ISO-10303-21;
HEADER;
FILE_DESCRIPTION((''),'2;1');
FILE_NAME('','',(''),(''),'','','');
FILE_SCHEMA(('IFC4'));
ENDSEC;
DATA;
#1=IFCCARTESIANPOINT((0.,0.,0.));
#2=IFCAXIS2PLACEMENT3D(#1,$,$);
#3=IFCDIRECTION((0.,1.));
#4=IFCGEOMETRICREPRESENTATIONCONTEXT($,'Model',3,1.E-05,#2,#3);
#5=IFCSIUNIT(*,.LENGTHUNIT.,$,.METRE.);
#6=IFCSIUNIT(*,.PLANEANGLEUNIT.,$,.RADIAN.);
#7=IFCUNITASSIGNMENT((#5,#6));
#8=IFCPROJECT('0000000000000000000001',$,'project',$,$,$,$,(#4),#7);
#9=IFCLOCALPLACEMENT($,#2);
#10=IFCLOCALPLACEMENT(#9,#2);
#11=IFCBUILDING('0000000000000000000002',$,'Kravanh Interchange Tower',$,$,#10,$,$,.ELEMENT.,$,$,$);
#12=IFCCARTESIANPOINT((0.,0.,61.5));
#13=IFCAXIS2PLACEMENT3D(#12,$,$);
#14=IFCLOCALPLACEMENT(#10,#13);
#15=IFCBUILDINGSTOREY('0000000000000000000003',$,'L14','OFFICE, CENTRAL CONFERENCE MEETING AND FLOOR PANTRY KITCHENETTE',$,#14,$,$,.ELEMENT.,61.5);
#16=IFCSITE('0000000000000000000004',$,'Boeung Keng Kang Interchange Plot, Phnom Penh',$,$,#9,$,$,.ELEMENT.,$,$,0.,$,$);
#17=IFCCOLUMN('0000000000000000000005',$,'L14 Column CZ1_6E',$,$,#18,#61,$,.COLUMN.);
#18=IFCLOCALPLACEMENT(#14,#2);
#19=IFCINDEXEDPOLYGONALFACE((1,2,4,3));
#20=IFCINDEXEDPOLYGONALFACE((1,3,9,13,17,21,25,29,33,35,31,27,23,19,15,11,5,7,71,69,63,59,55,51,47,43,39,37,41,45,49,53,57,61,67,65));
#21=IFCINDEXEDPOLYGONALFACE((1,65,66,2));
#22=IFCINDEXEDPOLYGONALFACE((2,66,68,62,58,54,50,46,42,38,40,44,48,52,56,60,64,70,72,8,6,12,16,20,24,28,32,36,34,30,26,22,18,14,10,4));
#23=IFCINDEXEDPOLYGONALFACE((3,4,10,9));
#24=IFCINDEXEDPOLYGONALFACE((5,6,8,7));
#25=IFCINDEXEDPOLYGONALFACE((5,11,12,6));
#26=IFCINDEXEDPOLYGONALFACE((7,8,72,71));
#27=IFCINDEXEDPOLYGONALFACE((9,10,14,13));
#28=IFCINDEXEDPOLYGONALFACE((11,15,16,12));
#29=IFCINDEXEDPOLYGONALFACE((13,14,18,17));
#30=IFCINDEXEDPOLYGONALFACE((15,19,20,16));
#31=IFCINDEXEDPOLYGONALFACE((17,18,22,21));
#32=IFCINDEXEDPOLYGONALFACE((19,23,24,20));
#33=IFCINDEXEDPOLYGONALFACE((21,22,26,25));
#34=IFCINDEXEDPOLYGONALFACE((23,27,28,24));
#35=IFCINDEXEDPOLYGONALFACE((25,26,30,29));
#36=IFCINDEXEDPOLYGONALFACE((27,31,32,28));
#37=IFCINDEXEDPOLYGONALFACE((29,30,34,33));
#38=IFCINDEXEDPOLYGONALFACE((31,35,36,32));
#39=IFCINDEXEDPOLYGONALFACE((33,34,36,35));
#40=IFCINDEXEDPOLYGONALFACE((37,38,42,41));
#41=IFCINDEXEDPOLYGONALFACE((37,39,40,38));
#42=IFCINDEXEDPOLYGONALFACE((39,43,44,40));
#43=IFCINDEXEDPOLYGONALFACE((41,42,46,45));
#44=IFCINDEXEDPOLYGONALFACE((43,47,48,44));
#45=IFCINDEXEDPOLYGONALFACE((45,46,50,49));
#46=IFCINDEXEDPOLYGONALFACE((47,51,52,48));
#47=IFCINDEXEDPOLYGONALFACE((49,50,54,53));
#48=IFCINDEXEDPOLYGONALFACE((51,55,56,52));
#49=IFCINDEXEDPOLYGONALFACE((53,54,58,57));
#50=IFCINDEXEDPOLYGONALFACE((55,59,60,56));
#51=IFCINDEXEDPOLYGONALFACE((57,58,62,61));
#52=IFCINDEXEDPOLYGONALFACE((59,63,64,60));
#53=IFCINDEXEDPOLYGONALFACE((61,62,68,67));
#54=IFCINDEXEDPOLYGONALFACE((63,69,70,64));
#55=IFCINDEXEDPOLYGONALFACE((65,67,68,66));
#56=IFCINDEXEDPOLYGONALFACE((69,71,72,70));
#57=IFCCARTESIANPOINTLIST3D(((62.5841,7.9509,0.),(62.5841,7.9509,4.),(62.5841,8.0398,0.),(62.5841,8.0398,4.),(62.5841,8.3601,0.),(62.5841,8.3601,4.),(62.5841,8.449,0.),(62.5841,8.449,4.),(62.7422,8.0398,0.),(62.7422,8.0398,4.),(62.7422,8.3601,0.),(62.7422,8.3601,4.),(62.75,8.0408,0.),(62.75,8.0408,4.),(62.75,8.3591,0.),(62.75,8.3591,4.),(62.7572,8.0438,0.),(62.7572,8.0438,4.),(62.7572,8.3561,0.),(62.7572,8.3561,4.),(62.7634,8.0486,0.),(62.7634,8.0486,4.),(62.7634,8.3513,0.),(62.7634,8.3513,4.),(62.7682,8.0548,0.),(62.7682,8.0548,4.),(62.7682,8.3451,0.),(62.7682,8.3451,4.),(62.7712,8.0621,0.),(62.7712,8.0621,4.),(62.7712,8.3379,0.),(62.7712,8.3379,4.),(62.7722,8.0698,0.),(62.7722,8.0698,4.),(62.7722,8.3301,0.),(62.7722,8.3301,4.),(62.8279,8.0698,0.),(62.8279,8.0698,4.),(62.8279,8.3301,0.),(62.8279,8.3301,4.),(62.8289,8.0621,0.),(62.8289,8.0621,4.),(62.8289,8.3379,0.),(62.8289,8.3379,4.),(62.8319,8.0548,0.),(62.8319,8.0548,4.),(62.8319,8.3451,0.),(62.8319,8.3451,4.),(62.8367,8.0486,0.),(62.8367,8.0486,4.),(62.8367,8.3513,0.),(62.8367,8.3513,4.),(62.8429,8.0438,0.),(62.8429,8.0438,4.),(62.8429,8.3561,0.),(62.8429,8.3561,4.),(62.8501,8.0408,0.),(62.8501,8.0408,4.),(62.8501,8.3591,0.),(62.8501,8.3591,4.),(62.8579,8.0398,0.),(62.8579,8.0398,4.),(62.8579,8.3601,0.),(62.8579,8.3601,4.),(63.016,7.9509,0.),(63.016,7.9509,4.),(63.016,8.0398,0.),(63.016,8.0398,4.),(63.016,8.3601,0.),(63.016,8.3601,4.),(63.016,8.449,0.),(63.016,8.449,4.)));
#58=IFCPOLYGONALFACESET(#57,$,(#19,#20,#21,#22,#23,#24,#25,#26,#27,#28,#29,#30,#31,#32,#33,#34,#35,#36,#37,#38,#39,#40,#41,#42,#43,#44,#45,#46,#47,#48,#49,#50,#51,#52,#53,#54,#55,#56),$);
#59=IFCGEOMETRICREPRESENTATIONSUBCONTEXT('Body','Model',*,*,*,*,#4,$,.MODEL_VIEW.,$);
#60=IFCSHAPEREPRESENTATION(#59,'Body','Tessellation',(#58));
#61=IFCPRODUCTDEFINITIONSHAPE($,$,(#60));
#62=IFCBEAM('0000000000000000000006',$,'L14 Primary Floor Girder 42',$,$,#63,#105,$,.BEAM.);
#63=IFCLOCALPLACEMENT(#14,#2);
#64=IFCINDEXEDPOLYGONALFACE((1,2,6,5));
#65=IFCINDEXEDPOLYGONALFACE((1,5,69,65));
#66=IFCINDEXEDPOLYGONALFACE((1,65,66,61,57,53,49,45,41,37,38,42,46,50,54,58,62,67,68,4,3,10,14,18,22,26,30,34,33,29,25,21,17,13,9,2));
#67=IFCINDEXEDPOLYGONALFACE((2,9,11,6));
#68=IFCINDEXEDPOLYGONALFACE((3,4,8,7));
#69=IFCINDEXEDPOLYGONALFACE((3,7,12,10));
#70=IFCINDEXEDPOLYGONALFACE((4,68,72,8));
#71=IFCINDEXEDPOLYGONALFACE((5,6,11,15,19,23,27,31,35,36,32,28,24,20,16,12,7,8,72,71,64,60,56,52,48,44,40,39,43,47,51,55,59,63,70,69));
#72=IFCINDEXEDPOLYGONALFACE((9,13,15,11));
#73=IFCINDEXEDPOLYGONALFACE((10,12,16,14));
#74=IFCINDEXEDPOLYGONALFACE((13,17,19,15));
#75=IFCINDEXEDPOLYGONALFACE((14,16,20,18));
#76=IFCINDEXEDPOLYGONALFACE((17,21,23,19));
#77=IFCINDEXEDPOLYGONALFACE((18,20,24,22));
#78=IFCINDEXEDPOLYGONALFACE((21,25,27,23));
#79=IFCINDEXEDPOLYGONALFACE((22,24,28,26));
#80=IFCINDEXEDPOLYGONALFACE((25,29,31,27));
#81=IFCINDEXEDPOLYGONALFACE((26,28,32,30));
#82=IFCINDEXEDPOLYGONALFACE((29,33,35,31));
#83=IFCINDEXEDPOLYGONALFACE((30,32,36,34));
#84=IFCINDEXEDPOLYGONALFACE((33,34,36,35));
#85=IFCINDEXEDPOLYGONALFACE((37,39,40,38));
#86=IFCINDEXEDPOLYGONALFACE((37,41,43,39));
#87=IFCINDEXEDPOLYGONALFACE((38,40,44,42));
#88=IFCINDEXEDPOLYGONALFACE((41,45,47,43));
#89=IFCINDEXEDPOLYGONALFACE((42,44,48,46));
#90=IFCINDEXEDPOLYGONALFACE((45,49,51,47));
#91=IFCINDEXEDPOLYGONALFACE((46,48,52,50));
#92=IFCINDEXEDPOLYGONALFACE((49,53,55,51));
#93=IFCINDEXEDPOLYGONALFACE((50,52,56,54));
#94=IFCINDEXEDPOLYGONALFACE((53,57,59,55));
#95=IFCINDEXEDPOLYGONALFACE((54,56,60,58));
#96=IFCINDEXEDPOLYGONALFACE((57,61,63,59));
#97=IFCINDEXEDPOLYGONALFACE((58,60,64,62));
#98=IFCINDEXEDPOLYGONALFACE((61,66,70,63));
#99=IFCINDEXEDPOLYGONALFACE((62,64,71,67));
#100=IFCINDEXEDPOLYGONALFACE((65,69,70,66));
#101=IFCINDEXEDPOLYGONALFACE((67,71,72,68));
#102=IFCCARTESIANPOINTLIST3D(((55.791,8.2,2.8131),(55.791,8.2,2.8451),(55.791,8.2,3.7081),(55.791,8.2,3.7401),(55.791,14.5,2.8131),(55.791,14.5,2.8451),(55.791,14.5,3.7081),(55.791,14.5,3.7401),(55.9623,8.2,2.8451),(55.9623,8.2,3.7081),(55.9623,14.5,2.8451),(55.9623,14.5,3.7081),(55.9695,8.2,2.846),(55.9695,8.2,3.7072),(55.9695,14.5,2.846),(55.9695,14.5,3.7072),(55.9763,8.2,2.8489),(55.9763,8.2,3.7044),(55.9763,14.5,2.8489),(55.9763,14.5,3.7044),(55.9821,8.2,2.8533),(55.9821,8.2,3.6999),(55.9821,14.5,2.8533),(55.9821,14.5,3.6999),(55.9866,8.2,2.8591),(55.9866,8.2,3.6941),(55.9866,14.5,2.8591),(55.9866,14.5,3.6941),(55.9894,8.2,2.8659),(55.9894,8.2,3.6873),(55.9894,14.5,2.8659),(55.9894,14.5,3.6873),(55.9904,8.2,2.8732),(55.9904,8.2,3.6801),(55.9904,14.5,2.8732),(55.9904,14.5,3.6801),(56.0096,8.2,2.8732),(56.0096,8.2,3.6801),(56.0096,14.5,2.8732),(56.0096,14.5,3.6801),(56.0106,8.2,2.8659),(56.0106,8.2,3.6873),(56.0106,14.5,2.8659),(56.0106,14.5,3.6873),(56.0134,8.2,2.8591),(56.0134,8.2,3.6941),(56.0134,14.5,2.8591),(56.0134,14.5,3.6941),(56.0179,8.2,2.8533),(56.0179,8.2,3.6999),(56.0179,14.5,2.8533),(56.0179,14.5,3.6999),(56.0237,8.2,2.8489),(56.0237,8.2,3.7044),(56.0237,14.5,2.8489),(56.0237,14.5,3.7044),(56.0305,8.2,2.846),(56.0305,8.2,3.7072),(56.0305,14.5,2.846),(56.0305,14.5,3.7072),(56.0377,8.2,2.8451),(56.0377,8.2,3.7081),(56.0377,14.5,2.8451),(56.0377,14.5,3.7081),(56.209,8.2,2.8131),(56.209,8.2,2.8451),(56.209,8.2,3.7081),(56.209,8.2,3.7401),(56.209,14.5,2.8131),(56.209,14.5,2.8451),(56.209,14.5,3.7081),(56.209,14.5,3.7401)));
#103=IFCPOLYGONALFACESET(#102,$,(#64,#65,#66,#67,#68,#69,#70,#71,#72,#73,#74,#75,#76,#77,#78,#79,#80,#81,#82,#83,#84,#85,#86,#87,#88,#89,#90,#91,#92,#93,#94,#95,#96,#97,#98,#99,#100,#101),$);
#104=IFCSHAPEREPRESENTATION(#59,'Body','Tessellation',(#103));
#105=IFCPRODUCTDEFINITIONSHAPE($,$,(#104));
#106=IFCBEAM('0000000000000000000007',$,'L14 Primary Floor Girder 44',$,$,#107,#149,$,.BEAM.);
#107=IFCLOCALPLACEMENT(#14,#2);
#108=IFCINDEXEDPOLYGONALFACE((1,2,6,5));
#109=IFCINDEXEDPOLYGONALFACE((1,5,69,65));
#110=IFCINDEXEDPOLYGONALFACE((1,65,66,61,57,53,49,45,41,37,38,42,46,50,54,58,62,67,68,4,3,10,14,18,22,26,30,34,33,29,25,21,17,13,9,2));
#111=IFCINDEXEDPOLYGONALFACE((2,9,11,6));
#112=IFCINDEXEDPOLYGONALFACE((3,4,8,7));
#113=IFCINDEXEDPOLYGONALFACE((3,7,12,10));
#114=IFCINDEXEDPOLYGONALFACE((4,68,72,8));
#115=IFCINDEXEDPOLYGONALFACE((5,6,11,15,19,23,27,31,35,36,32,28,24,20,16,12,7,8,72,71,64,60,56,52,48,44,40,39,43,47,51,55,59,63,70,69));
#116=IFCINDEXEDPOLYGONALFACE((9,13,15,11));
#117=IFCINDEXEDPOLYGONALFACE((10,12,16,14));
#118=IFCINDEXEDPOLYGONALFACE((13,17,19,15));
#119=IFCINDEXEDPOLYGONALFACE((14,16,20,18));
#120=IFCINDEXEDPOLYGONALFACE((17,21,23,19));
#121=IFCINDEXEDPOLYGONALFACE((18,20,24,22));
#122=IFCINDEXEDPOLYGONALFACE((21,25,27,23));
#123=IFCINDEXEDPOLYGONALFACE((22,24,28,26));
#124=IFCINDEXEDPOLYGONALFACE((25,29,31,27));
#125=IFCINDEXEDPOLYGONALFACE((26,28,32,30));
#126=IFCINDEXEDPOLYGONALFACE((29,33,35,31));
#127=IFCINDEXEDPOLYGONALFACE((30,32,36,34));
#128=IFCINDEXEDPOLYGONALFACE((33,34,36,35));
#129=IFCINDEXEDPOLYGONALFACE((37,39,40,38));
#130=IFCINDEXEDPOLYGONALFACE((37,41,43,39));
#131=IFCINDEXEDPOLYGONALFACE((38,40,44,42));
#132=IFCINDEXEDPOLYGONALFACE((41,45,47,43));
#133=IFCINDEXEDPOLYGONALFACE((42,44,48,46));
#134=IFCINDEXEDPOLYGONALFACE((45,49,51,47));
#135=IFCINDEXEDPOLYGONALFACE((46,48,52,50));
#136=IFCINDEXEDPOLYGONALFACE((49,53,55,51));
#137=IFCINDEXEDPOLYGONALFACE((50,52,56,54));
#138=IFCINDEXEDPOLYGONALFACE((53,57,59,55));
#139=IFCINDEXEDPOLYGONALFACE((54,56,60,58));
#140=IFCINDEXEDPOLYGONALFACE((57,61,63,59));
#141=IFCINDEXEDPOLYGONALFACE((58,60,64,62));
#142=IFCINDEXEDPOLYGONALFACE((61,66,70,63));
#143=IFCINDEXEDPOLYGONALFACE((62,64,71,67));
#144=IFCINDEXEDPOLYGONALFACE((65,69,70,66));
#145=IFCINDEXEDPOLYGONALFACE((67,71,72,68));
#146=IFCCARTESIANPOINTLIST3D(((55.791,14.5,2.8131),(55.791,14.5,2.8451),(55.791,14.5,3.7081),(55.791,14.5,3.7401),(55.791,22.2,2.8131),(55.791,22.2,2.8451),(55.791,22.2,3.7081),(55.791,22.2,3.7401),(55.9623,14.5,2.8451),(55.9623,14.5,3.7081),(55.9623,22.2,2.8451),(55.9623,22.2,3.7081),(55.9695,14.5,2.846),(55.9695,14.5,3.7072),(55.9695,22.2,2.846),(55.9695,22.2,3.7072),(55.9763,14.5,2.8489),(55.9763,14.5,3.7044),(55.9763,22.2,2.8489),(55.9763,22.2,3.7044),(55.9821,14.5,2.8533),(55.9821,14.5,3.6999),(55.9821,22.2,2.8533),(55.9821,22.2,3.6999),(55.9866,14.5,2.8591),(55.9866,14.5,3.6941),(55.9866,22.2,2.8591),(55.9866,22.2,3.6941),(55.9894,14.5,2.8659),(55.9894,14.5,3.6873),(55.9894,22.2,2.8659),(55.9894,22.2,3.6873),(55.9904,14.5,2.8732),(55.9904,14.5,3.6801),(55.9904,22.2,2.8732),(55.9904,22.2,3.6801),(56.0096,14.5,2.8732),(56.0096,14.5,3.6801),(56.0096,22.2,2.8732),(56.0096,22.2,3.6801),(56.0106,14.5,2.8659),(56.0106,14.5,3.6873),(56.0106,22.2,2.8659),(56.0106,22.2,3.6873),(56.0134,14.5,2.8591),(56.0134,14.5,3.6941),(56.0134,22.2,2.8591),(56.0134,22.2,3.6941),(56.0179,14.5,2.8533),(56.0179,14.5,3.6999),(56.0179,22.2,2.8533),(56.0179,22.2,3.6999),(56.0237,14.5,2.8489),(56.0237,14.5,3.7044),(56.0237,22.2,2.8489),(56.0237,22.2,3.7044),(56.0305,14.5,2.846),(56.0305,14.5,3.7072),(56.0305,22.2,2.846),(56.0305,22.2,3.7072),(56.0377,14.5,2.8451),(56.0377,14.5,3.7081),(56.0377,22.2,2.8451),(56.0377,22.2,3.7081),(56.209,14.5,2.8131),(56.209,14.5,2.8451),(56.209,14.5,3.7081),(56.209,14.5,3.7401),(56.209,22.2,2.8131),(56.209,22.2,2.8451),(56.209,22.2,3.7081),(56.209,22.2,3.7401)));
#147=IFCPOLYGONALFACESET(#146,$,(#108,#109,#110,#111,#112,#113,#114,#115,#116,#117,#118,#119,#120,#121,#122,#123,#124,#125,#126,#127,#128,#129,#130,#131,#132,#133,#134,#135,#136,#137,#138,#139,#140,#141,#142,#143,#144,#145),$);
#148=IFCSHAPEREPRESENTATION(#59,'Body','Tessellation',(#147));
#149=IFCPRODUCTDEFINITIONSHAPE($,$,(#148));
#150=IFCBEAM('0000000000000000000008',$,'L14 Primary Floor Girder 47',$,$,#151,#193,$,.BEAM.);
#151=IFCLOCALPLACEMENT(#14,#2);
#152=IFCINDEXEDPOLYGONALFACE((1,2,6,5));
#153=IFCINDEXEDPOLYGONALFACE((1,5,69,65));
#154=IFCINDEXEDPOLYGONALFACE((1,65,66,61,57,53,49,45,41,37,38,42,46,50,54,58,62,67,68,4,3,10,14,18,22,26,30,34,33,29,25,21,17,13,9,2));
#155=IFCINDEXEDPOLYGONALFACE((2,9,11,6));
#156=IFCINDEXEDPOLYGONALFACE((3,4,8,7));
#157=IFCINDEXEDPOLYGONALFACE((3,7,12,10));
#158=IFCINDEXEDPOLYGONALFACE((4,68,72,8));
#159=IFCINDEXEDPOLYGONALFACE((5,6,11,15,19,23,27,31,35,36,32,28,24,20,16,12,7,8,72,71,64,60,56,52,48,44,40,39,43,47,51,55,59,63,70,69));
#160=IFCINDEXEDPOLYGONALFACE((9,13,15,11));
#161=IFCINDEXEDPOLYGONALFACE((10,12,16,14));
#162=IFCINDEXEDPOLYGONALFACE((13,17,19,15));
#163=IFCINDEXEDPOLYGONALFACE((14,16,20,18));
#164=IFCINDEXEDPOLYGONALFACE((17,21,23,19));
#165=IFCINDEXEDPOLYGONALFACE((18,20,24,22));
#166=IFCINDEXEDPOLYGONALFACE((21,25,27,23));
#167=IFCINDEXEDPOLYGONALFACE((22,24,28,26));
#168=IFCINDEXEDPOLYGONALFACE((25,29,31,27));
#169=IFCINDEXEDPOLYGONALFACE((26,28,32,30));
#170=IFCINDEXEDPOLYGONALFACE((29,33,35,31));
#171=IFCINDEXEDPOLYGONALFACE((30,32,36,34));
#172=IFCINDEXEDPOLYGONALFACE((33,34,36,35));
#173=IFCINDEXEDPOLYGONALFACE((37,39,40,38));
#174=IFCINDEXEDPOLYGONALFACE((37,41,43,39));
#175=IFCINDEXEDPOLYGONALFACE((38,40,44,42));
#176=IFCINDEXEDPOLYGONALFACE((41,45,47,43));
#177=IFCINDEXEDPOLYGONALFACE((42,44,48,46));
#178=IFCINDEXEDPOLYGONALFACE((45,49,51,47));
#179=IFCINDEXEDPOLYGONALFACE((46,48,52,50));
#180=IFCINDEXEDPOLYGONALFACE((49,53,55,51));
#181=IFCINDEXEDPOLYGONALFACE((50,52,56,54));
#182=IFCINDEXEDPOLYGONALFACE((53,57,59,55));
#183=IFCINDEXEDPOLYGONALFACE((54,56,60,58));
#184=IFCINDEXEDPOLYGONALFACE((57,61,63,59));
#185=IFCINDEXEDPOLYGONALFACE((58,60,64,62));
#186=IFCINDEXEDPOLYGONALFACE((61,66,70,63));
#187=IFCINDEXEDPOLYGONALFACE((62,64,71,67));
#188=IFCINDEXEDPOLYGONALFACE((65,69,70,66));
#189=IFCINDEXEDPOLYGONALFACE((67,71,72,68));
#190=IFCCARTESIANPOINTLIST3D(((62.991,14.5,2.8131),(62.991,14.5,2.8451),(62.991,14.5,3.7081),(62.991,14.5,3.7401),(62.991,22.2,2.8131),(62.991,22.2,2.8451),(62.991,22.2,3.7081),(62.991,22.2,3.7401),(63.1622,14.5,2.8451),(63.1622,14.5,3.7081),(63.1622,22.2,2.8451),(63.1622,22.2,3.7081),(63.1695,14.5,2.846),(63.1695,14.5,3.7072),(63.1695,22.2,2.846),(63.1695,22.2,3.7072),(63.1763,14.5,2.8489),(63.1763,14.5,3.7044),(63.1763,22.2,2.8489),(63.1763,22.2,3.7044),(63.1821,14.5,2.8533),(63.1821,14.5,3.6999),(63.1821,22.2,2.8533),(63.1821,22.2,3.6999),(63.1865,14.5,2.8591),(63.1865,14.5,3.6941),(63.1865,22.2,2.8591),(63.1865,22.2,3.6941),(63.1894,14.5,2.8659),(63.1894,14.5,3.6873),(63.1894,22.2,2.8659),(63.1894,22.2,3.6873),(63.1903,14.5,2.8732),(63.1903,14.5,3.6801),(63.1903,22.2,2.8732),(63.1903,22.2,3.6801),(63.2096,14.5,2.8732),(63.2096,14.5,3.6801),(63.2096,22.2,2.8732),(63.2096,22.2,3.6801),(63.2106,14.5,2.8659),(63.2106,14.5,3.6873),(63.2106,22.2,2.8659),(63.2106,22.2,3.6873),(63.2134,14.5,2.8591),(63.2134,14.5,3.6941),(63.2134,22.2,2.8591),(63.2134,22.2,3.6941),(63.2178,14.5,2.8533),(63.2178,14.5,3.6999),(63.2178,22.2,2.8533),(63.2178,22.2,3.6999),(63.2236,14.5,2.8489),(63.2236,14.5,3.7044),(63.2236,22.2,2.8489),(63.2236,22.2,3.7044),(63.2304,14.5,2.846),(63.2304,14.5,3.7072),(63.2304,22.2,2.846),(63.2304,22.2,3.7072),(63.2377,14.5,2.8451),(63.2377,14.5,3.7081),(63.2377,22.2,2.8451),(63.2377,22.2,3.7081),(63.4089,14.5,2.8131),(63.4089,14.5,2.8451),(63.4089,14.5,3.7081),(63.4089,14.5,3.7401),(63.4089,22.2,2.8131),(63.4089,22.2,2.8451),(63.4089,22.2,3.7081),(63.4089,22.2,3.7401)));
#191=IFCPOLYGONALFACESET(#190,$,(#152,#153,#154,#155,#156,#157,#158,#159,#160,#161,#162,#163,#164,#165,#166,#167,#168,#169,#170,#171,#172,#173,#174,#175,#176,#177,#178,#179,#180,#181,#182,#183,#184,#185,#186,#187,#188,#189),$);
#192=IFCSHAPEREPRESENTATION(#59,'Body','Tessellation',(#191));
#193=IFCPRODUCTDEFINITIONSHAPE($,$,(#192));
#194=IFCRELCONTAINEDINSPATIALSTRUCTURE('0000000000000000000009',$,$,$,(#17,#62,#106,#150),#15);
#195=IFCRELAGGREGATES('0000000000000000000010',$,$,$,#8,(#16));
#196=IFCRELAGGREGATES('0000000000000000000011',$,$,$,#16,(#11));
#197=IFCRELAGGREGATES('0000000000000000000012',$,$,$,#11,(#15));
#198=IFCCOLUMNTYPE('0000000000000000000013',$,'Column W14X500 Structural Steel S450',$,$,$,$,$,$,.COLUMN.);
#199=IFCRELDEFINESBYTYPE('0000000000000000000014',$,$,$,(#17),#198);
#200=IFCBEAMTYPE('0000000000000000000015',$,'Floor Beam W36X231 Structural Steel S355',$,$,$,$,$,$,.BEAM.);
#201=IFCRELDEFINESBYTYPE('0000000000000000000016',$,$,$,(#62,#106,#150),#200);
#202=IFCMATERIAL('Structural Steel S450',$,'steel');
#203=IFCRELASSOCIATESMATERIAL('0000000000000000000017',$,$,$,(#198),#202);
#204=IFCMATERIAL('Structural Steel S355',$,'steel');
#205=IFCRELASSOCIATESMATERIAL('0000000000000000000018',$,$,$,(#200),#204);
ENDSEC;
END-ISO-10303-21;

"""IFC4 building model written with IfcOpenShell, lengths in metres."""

from ifc_helpers import new_model, si_unit, direction, frame, origin, origin_2d, place, context, subcontext, project, spatial, i_section, extrude, material, material_profile, profile_set, type_object, element, save


model = new_model("IFC4")

# Units and contexts
model_context = context("Model", 3, precision=1e-05, world=origin(), true_north=direction((0.0, 1.0)))
body_context = subcontext(model_context, "Body", "Model", "MODEL_VIEW")
ifc_project = project(units=[si_unit("LENGTHUNIT", "METRE"), si_unit("PLANEANGLEUNIT", "RADIAN")], contexts=[model_context])

# Site, building, storey
site_placement = place(None, origin())
site = spatial("IfcSite", under=ifc_project, at=site_placement, Name="Boeung Keng Kang Interchange Plot, Phnom Penh", CompositionType="ELEMENT", RefElevation=0.0)
building_placement = place(site_placement, origin())
building = spatial("IfcBuilding", under=site, at=building_placement, Name="Kravanh Interchange Tower", CompositionType="ELEMENT")
storey_placement = place(building_placement, frame((0.0, 0.0, 61.5)))
storey = spatial("IfcBuildingStorey", under=building, at=storey_placement, Name="L14", Description="OFFICE, CENTRAL CONFERENCE MEETING AND FLOOR PANTRY KITCHENETTE", CompositionType="ELEMENT", Elevation=61.5)

# Column
ifc_material_1 = material(Name="Structural Steel S450", Category="steel")
ifc_material_profile_1 = material_profile(ifc_material_1, i_section(OverallWidth=0.4319, OverallDepth=0.498, WebThickness=0.0557, FlangeThickness=0.0889, FilletRadius=0.03, at=origin_2d()), Name="W14X500")
ifc_profile_set_1 = profile_set([ifc_material_profile_1], Name="Structural Steel S450")
column_type = type_object("IfcColumnType", Name="Column W14X500 Structural Steel S450", PredefinedType="COLUMN", material=ifc_profile_set_1)
for number, where, z_axis, x_axis, name in (
    (1, (62.8, 8.2, 0.0), (0.0, 0.0, 1.0), (1.0, 0.0, 0.0), "L14 Column CZ1_6E"),
):
    element("IfcColumn", number, at=place(storey_placement, frame(where, z_axis=z_axis, x_axis=x_axis)), inside=storey, type_object=column_type, Name=name, PredefinedType="COLUMN", context=body_context, shape_type="SweptSolid", body=[
        extrude(i_section(OverallWidth=0.4319, OverallDepth=0.498, WebThickness=0.0557, FlangeThickness=0.0889, FilletRadius=0.03, at=origin_2d()), origin(), (0.0, 0.0, 1.0), 4.0),
    ])

# Beams
ifc_material_2 = material(Name="Structural Steel S355", Category="steel")
ifc_material_profile_2 = material_profile(ifc_material_2, i_section(OverallWidth=0.418, OverallDepth=0.927, WebThickness=0.0193, FlangeThickness=0.032, FilletRadius=0.0281, at=origin_2d()), Name="W36X231")
ifc_profile_set_2 = profile_set([ifc_material_profile_2], Name="Structural Steel S355")
beam_type_1 = type_object("IfcBeamType", Name="Floor Beam W36X231 Structural Steel S355", PredefinedType="BEAM", material=ifc_profile_set_2)
beam_1_placement = place(storey_placement, frame((56.0, 14.5, 3.2766), z_axis=(0.0, -1.0, 0.0), x_axis=(1.0, 0.0, 0.0)))
element("IfcBeam", 2, at=beam_1_placement, inside=storey, type_object=beam_type_1, Name="L14 Primary Floor Girder 42", PredefinedType="BEAM", context=body_context, shape_type="SweptSolid", body=[
    extrude(i_section(OverallWidth=0.418, OverallDepth=0.927, WebThickness=0.0193, FlangeThickness=0.032, FilletRadius=0.0281, at=origin_2d()), origin(), (0.0, 0.0, 1.0), 6.3),
])
for number, where, z_axis, x_axis, name in (
    (3, (56.0, 14.5, 3.2766), (0.0, 1.0, 0.0), (-1.0, 0.0, 0.0), "L14 Primary Floor Girder 44"),
    (4, (63.2, 14.5, 3.2766), (0.0, 1.0, 0.0), (-1.0, 0.0, 0.0), "L14 Primary Floor Girder 47"),
):
    element("IfcBeam", number, at=place(storey_placement, frame(where, z_axis=z_axis, x_axis=x_axis)), inside=storey, type_object=beam_type_1, Name=name, PredefinedType="BEAM", context=body_context, shape_type="SweptSolid", body=[
        extrude(i_section(OverallWidth=0.418, OverallDepth=0.927, WebThickness=0.0193, FlangeThickness=0.032, FilletRadius=0.0281, at=origin_2d()), origin(), (0.0, 0.0, 1.0), 7.7),
    ])

save(model, "model.ifc")
